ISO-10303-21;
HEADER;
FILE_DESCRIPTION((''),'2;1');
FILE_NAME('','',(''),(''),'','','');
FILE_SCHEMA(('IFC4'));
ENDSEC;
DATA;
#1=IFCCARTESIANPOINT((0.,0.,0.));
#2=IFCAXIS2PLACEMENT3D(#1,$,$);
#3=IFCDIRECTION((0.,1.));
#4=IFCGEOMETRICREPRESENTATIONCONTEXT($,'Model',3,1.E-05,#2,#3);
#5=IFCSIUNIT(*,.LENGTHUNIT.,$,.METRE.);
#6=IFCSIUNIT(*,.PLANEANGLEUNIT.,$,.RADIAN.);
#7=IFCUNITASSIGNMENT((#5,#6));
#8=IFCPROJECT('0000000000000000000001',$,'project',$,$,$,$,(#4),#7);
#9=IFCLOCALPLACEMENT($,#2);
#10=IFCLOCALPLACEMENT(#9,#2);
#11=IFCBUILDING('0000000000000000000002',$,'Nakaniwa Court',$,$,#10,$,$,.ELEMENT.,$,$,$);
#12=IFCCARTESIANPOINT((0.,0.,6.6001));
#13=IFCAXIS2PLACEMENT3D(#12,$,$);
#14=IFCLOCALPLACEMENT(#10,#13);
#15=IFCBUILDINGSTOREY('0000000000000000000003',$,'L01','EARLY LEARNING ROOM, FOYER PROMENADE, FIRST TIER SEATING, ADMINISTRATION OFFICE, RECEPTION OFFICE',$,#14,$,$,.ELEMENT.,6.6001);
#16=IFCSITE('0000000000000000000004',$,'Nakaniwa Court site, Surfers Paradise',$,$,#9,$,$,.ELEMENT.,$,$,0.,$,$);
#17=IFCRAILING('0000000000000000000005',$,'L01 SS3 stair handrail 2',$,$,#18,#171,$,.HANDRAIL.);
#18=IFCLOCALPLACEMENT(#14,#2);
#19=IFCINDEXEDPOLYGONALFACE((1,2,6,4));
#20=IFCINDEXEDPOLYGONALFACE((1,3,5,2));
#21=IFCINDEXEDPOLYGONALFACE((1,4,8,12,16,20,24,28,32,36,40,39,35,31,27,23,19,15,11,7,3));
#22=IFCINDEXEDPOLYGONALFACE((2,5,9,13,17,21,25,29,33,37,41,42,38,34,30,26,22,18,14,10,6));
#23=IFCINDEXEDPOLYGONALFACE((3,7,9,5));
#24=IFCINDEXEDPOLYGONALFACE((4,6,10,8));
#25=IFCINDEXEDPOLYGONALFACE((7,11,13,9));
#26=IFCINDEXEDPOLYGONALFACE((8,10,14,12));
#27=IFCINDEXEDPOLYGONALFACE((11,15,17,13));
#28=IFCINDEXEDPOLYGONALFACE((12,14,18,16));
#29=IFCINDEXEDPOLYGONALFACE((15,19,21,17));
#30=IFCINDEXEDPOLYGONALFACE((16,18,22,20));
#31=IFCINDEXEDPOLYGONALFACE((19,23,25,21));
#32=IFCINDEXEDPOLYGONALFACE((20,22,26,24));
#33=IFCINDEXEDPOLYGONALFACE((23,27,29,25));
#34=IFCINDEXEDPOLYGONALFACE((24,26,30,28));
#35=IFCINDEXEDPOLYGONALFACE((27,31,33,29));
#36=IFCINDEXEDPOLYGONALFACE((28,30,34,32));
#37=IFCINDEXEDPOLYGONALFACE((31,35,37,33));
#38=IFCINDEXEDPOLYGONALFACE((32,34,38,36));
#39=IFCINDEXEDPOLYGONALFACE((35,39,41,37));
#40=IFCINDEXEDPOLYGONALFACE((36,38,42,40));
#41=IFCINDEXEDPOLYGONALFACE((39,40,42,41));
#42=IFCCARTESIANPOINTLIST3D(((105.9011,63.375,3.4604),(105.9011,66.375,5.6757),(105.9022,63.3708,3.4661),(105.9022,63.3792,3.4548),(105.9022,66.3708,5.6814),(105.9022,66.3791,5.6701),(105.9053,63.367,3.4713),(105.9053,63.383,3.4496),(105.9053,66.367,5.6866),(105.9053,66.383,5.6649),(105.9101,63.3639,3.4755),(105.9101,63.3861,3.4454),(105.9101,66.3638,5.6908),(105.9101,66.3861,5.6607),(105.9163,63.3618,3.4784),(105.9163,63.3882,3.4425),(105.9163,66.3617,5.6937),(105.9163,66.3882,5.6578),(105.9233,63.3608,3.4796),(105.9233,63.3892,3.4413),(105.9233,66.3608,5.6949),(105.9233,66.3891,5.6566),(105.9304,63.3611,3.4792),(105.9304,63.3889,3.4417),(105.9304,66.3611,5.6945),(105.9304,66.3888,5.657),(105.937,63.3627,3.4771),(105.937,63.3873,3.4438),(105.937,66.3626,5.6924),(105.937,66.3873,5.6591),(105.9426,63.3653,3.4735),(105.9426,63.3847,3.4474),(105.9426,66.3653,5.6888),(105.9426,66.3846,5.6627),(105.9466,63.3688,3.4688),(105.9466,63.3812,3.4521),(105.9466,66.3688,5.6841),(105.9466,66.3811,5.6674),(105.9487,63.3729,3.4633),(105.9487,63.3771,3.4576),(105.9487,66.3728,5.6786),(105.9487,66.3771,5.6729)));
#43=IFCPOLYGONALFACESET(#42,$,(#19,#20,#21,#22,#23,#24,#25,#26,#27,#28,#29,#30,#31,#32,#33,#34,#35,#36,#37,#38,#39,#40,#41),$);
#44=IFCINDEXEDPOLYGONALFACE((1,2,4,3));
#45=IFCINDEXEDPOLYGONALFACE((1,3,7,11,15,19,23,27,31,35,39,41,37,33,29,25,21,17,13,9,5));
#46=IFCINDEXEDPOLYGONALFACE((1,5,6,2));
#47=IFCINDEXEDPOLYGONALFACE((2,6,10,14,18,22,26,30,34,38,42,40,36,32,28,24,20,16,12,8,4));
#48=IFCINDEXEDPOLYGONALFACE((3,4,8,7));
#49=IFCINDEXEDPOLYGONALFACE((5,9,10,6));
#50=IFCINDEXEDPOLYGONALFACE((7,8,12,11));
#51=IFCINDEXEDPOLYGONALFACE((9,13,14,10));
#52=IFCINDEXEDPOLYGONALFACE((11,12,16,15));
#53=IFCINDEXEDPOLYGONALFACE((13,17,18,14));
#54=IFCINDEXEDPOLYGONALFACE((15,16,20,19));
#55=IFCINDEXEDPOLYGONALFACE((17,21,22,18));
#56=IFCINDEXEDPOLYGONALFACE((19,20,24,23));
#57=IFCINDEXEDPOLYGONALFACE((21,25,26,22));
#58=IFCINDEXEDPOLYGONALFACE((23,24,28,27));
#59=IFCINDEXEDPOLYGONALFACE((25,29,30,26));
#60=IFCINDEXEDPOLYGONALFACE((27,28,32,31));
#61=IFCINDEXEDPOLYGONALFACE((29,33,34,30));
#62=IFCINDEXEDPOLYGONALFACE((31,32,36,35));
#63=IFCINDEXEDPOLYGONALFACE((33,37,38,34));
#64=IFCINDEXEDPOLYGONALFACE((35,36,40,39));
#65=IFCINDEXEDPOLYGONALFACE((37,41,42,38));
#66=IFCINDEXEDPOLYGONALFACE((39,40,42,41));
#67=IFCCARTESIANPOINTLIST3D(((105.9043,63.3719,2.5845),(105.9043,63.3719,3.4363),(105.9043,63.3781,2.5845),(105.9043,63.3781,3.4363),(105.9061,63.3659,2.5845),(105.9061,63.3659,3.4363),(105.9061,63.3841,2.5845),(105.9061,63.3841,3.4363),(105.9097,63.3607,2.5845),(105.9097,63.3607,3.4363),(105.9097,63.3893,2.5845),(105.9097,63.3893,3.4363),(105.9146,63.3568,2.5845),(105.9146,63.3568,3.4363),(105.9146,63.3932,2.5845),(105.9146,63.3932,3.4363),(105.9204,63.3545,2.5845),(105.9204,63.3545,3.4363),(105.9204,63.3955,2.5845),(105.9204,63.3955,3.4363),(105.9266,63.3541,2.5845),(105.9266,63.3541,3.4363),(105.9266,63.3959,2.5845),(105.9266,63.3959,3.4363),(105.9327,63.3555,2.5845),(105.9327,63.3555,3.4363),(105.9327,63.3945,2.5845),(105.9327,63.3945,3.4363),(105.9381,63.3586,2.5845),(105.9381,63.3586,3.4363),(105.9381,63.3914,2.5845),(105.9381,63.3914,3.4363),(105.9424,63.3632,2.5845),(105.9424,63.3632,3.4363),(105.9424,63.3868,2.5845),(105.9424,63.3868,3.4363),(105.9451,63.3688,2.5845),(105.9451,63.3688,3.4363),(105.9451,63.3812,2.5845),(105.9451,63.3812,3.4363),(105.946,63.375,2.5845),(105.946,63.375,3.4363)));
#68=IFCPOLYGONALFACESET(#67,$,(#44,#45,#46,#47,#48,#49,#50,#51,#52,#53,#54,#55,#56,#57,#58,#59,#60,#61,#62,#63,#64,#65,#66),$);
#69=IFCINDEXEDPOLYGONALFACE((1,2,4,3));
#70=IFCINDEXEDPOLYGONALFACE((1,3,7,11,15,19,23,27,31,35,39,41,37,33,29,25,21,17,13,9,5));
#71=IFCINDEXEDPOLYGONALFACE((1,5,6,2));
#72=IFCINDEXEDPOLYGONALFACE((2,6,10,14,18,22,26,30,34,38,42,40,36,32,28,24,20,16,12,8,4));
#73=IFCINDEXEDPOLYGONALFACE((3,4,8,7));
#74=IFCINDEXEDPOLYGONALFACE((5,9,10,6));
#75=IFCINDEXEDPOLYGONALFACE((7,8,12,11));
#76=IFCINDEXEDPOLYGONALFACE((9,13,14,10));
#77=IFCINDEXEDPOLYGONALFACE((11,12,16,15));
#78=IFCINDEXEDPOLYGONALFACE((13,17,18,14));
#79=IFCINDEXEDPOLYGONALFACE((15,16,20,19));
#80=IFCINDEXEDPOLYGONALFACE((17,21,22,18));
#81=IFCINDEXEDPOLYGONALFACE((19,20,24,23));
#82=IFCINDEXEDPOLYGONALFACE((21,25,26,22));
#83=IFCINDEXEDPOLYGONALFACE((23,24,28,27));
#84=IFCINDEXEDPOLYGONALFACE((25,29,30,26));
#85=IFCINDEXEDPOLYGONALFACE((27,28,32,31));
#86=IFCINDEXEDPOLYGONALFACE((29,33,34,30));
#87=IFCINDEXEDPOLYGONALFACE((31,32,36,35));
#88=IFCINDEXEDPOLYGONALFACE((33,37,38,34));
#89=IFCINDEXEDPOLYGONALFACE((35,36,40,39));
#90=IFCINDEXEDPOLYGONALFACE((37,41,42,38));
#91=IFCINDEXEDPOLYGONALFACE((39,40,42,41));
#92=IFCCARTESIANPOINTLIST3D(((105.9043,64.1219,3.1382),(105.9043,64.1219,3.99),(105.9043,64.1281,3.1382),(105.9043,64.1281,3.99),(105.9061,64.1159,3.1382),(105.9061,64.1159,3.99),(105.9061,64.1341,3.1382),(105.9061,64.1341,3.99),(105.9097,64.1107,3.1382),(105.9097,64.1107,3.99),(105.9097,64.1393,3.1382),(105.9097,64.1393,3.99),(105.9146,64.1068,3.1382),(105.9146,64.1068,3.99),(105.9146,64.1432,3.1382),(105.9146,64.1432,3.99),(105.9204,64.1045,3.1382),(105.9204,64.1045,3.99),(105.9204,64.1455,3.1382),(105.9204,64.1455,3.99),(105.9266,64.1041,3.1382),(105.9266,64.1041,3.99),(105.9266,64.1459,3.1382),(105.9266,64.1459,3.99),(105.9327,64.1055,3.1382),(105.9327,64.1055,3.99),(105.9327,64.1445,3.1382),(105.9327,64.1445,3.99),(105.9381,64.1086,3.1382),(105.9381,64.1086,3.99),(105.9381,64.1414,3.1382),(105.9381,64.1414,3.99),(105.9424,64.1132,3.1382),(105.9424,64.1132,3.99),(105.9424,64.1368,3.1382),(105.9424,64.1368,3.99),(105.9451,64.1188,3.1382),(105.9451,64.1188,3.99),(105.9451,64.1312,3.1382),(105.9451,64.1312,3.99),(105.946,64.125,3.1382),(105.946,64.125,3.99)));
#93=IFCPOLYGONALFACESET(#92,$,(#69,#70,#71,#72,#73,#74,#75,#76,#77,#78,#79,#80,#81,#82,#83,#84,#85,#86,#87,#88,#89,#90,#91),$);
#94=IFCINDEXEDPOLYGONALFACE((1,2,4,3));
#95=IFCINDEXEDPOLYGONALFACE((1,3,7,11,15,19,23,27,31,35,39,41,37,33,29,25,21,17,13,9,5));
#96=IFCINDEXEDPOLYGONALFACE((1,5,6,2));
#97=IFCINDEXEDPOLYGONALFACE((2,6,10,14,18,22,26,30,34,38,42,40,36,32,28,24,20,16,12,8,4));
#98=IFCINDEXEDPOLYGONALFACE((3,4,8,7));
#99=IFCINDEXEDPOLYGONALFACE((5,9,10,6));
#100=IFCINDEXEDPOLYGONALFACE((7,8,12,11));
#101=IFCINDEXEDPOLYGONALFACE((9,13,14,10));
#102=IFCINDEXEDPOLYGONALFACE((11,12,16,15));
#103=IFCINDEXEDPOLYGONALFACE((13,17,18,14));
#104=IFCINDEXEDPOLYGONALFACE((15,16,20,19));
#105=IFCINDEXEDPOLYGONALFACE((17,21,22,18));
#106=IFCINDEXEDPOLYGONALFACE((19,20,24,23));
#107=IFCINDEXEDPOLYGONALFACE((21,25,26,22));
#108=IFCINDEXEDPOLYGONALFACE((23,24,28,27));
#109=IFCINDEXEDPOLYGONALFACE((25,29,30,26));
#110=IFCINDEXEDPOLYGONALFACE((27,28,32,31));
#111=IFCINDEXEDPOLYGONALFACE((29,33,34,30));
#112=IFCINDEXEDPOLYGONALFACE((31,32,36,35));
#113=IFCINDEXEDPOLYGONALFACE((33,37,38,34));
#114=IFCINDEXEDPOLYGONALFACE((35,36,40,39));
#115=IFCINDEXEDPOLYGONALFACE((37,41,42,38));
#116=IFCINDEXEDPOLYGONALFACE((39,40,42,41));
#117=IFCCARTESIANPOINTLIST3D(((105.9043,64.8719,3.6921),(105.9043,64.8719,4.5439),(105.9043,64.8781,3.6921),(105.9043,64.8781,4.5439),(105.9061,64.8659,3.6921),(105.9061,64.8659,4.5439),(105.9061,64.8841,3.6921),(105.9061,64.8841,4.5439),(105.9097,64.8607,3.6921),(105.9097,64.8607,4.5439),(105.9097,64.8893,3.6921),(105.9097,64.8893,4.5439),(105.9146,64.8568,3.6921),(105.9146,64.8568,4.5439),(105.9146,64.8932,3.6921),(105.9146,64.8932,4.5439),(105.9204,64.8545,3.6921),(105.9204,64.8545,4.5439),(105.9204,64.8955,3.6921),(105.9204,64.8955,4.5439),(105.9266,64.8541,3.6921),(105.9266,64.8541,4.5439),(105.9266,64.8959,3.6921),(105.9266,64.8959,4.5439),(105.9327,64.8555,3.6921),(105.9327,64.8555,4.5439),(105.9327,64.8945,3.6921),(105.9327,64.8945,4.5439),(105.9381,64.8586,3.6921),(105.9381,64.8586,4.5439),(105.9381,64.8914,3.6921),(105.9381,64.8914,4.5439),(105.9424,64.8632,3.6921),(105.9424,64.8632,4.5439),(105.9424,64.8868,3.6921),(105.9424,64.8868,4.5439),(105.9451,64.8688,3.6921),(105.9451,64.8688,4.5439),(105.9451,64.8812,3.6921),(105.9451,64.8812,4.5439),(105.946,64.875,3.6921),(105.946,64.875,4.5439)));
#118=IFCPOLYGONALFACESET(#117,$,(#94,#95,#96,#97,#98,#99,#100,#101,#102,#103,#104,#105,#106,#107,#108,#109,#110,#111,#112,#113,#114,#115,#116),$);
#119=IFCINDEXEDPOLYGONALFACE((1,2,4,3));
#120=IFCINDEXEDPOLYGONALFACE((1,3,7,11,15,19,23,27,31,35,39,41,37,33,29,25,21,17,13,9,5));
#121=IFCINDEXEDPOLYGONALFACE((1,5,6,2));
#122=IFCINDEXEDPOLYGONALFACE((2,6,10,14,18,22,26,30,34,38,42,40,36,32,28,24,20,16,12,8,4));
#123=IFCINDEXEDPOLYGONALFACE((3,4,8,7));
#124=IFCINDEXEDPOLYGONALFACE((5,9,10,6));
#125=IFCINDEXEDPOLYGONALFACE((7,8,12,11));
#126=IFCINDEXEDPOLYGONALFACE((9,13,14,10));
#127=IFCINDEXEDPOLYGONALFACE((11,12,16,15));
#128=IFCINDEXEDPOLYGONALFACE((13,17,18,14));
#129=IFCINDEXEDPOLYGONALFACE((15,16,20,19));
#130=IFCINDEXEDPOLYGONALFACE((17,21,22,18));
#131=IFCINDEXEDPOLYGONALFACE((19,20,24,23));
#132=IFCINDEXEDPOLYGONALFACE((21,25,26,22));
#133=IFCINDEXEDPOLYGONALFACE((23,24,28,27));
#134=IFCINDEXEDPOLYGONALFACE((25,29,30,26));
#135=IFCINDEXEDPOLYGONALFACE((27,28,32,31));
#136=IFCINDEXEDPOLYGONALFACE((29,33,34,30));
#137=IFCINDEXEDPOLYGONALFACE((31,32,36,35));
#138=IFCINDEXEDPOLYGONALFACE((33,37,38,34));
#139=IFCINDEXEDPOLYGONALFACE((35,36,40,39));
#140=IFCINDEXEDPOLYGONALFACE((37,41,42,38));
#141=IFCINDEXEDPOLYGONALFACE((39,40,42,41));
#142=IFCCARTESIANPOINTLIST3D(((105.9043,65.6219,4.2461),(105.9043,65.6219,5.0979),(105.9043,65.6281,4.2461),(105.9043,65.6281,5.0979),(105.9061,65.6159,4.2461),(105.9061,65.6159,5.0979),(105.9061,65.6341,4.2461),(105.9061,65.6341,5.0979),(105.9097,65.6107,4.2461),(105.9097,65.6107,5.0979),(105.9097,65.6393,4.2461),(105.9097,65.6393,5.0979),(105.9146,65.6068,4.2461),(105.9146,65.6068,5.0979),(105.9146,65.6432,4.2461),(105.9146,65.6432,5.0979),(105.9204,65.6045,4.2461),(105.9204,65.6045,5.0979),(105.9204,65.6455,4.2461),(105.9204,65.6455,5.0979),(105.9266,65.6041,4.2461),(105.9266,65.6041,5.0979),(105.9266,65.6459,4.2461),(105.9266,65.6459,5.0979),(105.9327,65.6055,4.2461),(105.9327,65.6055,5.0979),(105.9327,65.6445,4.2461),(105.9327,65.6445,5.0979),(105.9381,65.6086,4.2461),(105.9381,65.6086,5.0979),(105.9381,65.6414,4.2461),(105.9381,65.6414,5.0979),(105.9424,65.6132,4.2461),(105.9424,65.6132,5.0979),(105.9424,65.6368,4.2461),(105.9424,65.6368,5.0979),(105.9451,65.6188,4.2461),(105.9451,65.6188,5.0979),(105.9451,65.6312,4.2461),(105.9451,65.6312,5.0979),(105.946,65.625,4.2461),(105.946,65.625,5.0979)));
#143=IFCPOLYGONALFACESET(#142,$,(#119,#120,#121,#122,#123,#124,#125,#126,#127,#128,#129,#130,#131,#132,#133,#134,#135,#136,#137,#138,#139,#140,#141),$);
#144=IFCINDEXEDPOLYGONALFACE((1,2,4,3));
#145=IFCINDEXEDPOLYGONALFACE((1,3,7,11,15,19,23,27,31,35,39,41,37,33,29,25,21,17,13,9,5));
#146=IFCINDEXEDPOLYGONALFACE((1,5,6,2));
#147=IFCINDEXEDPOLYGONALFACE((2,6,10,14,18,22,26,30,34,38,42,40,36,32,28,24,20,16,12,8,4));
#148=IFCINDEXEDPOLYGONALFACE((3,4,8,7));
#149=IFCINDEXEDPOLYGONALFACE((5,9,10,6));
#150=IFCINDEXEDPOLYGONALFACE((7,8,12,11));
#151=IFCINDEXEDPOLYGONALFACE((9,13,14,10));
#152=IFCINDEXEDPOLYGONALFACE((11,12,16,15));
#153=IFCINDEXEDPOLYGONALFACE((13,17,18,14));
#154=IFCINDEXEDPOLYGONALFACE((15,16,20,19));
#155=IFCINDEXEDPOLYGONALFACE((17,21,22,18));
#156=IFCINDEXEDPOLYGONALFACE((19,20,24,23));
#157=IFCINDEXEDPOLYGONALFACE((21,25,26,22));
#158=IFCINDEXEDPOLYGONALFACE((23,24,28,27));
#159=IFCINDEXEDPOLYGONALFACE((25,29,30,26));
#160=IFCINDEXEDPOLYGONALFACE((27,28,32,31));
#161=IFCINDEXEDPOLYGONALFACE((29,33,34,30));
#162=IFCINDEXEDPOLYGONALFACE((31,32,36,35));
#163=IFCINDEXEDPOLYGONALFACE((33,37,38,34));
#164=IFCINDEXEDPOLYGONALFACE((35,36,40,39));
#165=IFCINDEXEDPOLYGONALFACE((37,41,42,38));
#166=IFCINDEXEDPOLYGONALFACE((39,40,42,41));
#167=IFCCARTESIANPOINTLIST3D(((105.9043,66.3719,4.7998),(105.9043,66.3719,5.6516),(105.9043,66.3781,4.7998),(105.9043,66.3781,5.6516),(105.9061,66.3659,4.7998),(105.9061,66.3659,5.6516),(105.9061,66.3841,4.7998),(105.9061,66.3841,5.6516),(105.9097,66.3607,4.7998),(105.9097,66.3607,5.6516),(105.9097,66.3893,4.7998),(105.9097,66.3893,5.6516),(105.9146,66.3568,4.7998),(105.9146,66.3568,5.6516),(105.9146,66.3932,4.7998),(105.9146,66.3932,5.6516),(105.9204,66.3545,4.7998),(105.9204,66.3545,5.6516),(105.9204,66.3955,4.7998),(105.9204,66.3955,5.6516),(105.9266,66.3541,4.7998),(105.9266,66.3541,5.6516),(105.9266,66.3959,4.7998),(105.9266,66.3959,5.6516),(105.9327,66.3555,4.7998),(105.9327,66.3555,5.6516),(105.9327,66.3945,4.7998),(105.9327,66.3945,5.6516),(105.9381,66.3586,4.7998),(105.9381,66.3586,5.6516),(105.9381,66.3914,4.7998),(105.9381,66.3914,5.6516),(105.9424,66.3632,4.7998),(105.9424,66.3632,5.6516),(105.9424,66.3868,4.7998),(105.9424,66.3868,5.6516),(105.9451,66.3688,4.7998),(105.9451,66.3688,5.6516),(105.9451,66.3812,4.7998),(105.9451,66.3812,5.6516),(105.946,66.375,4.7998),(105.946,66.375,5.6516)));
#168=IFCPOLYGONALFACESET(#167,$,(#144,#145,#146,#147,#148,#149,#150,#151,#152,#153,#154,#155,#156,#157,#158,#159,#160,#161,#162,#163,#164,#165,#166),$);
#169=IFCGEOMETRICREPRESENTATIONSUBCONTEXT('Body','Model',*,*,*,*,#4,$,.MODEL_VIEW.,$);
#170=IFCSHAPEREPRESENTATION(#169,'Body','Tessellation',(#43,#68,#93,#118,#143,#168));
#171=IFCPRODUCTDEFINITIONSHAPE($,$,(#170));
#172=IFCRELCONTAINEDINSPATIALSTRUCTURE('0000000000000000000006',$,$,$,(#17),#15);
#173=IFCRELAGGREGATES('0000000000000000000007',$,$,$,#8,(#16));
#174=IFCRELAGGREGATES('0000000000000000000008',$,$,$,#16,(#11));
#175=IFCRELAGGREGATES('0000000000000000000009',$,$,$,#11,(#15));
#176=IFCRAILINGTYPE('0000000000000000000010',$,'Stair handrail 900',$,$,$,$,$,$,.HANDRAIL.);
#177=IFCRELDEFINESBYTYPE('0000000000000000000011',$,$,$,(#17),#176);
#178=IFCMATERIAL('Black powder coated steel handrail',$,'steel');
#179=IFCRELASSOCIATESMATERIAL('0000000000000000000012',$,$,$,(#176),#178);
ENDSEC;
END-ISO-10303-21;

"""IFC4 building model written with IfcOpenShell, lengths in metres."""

from ifc_helpers import new_model, si_unit, direction, frame, origin, origin_2d, place, context, subcontext, project, spatial, circle, extrude, material, type_object, element, save


model = new_model("IFC4")

# Units and contexts
model_context = context("Model", 3, precision=1e-05, world=origin(), true_north=direction((0.0, 1.0)))
body_context = subcontext(model_context, "Body", "Model", "MODEL_VIEW")
ifc_project = project(units=[si_unit("LENGTHUNIT", "METRE"), si_unit("PLANEANGLEUNIT", "RADIAN")], contexts=[model_context])

# Site, building, storey
site_placement = place(None, origin())
site = spatial("IfcSite", under=ifc_project, at=site_placement, Name="Nakaniwa Court site, Surfers Paradise", CompositionType="ELEMENT", RefElevation=0.0)
building_placement = place(site_placement, origin())
building = spatial("IfcBuilding", under=site, at=building_placement, Name="Nakaniwa Court", CompositionType="ELEMENT")
storey_placement = place(building_placement, frame((0.0, 0.0, 6.6001)))
storey = spatial("IfcBuildingStorey", under=building, at=storey_placement, Name="L01", Description="EARLY LEARNING ROOM, FOYER PROMENADE, FIRST TIER SEATING, ADMINISTRATION OFFICE, RECEPTION OFFICE", CompositionType="ELEMENT", Elevation=6.6001)

# Railing
ifc_material_1 = material(Name="Black powder coated steel handrail", Category="steel")
railing_type_1 = type_object("IfcRailingType", Name="Stair handrail 900", PredefinedType="HANDRAIL", material=ifc_material_1)
railing_1_placement = place(storey_placement, frame((105.925, 63.375, 2.5845)))
element("IfcRailing", 1, at=railing_1_placement, inside=storey, type_object=railing_type_1, Name="L01 SS3 stair handrail 2", PredefinedType="HANDRAIL", context=body_context, shape_type="SweptSolid", body=[
    extrude(circle(Radius=0.0239, at=origin_2d()), frame((0.0, 0.0, 0.876), z_axis=(0.0, 0.80444, 0.594034), x_axis=(-1.0, 0.0, 0.0)), (0.0, 0.0, 1.0), 3.7292),
    extrude(circle(Radius=0.021, at=origin_2d()), origin(), (0.0, 0.0, 1.0), 0.8518),
    extrude(circle(Radius=0.021, at=origin_2d()), frame((0.0, 0.75, 0.5537)), (0.0, 0.0, 1.0), 0.8518),
    extrude(circle(Radius=0.021, at=origin_2d()), frame((0.0, 1.5, 1.1077)), (0.0, 0.0, 1.0), 0.8518),
    extrude(circle(Radius=0.021, at=origin_2d()), frame((0.0, 2.25, 1.6616)), (0.0, 0.0, 1.0), 0.8518),
    extrude(circle(Radius=0.021, at=origin_2d()), frame((0.0, 3.0, 2.2153)), (0.0, 0.0, 1.0), 0.8518),
])

save(model, "model.ifc")
